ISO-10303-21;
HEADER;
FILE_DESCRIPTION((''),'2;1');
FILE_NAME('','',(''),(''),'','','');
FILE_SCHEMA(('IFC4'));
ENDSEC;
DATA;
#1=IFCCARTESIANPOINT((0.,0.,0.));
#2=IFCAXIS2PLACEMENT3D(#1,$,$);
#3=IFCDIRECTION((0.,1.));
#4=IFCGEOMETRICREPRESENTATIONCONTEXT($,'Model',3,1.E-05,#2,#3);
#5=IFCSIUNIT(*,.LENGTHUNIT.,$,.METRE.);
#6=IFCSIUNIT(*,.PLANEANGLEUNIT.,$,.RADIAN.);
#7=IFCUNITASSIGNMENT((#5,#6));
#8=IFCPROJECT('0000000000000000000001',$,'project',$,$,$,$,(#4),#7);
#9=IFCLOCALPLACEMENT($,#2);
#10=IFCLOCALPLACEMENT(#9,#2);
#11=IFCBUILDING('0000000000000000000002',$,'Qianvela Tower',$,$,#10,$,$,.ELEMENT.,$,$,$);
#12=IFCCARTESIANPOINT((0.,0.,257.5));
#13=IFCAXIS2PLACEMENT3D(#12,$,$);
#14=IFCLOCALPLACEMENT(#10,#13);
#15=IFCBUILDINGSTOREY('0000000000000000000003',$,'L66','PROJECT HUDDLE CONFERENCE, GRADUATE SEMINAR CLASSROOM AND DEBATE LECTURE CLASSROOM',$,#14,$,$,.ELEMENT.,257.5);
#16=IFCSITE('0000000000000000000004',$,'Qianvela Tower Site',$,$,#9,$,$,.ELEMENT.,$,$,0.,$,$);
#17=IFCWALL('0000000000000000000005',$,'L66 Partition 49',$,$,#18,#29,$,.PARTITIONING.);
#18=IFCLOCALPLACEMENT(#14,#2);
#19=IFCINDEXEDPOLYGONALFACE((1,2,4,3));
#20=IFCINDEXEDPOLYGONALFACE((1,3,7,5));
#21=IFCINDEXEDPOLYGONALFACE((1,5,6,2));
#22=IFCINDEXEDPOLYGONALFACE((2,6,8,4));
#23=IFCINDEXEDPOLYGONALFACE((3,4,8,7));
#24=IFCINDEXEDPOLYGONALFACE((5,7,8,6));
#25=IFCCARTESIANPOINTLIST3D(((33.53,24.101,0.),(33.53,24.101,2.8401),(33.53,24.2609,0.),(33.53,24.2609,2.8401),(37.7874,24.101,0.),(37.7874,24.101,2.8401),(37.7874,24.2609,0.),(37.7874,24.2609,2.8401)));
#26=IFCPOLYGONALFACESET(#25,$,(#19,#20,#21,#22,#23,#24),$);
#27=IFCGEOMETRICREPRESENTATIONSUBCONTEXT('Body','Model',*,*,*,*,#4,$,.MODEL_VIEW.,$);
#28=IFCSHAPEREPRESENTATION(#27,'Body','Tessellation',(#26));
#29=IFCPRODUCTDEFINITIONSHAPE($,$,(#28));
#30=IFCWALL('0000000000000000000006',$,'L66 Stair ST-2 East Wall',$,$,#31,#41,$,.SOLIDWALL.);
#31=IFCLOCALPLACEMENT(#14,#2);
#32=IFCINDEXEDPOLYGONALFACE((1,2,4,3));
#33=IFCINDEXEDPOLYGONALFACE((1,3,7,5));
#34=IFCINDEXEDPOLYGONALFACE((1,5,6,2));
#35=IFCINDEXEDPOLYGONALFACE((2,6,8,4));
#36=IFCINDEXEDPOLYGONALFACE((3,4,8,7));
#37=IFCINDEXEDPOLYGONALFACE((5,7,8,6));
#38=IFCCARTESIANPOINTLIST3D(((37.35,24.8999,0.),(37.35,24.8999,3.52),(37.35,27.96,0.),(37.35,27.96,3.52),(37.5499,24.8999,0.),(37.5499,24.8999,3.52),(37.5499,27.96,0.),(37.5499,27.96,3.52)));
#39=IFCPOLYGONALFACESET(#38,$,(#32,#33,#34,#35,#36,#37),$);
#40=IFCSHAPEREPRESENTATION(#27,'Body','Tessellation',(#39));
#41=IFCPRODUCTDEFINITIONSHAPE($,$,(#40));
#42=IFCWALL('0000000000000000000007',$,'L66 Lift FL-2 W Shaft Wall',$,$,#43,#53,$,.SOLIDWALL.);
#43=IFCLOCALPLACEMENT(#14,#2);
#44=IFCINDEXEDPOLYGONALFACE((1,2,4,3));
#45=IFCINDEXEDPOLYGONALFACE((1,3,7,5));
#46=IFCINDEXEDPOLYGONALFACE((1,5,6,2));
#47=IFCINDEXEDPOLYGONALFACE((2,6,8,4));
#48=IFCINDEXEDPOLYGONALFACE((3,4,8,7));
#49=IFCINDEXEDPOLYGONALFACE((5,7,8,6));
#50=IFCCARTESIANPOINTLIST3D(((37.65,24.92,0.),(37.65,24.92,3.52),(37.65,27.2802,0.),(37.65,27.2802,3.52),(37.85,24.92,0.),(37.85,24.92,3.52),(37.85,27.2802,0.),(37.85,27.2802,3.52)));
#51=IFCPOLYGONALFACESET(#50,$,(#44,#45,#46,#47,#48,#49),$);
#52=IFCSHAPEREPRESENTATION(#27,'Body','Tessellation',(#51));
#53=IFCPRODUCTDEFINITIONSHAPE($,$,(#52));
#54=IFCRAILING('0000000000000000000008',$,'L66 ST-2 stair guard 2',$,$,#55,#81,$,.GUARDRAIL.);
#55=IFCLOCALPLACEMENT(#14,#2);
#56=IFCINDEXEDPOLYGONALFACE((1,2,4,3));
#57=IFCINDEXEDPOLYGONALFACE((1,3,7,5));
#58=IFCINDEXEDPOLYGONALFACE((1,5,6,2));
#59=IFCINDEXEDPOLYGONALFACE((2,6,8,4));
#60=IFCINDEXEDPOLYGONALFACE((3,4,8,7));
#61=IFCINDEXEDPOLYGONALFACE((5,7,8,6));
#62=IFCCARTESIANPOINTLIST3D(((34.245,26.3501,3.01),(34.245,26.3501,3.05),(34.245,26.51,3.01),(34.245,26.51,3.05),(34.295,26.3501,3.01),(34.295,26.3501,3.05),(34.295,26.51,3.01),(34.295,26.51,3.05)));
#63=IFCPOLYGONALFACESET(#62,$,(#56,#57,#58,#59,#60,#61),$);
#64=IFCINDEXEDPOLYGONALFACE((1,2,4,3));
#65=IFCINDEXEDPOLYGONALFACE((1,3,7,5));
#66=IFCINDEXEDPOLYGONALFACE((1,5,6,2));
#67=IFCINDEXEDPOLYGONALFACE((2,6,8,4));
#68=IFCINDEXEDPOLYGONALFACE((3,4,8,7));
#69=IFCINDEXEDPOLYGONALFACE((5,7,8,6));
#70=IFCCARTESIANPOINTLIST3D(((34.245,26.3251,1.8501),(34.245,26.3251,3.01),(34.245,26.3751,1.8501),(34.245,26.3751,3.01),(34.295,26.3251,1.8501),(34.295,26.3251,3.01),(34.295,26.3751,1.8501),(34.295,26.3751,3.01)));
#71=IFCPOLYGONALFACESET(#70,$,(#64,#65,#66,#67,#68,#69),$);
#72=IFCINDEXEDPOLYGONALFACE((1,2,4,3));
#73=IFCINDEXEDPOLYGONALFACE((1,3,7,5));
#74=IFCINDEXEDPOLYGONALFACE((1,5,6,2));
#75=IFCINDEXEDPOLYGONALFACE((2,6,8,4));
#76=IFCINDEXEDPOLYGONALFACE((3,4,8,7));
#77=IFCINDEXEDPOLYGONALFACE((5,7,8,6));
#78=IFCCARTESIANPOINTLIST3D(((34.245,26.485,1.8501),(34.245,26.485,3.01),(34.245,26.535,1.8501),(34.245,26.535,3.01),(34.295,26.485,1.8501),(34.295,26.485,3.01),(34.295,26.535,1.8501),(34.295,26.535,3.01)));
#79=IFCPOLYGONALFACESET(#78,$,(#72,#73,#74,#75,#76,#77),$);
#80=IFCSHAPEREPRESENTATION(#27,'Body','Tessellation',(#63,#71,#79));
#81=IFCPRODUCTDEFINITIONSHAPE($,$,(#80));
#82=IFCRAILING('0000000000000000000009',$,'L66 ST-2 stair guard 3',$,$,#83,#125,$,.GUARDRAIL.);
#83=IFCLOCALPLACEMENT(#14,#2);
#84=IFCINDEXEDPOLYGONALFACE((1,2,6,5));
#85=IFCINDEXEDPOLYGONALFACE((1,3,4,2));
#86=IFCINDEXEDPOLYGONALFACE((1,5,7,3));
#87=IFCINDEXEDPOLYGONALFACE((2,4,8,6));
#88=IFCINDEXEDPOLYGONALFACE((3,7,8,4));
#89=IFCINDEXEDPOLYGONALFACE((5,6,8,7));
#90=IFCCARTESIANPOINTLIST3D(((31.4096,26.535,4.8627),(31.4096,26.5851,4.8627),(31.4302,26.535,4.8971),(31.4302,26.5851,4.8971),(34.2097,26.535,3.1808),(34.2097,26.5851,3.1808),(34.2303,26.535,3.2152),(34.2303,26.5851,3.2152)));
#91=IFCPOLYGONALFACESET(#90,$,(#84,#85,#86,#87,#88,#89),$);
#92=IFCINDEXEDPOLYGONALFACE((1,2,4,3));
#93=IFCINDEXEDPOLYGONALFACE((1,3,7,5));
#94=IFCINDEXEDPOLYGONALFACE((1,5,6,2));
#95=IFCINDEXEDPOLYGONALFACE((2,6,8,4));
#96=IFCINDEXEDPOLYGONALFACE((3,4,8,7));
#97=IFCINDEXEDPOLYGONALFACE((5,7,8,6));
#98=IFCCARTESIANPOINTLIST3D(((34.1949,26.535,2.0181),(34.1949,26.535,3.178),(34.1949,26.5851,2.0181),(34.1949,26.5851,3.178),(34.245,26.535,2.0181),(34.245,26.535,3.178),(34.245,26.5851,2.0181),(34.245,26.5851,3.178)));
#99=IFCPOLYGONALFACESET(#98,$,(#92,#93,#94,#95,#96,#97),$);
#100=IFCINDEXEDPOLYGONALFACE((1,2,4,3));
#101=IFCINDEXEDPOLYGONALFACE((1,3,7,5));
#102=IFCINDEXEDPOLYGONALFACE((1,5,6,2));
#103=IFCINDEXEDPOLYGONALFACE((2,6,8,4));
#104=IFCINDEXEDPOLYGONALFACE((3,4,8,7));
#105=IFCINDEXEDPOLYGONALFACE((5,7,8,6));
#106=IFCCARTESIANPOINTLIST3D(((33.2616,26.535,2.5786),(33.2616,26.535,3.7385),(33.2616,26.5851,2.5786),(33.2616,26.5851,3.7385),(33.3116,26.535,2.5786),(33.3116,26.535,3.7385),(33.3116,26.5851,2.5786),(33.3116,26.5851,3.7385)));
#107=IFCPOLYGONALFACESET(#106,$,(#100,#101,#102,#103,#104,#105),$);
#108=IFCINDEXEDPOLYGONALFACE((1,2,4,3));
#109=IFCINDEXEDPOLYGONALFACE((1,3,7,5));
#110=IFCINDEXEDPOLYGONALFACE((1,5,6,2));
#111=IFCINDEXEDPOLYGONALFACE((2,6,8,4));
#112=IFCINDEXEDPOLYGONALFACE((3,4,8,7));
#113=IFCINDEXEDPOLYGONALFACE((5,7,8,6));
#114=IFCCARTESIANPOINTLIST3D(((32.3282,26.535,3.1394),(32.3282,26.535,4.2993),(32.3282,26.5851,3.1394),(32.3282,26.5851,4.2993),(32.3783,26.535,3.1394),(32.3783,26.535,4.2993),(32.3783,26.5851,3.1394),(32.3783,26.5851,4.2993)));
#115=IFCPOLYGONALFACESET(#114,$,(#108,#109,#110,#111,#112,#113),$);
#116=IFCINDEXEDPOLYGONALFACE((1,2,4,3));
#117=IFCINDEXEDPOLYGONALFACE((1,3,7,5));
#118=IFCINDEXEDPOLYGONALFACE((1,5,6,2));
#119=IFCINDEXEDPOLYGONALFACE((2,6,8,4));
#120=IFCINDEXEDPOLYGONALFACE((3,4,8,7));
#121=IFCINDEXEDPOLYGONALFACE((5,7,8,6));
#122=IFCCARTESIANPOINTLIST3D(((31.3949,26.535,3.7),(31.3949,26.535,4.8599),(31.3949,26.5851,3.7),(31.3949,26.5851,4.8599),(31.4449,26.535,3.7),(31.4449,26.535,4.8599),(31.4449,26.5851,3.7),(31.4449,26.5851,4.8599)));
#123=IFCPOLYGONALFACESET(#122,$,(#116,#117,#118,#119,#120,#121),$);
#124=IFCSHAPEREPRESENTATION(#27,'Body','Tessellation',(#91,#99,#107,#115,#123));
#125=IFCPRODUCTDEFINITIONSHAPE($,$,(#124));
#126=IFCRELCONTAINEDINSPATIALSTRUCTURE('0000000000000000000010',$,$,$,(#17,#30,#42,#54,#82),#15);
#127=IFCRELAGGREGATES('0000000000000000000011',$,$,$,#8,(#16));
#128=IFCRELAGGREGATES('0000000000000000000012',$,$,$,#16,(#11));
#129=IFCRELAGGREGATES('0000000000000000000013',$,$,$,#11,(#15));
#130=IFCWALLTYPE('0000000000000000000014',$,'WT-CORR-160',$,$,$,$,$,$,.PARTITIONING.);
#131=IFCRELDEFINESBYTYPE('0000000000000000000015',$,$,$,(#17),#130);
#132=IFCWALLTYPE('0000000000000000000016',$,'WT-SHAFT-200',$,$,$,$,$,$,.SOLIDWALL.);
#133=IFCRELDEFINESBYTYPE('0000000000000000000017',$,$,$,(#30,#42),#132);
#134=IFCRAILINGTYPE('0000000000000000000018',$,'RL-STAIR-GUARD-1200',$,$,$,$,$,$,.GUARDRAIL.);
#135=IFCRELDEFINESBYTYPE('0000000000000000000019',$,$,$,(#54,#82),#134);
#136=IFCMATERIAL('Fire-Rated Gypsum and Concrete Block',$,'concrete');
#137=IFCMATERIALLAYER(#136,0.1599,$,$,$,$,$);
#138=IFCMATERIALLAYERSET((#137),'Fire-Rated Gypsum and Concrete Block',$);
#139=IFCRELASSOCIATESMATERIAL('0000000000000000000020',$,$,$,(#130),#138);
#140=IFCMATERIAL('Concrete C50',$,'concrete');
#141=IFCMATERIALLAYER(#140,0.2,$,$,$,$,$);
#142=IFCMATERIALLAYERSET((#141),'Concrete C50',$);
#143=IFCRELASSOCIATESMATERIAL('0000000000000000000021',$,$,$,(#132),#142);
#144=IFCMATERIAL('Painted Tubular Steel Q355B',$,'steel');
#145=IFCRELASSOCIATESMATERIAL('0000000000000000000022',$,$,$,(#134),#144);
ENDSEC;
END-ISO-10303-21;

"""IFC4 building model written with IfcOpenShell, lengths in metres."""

from ifc_helpers import new_model, si_unit, direction, frame, frame_2d, origin, origin_2d, place, context, subcontext, project, spatial, rectangle, extrude, material, layer, layer_set, type_object, element, save


model = new_model("IFC4")

# Units and contexts
model_context = context("Model", 3, precision=1e-05, world=origin(), true_north=direction((0.0, 1.0)))
body_context = subcontext(model_context, "Body", "Model", "MODEL_VIEW")
ifc_project = project(units=[si_unit("LENGTHUNIT", "METRE"), si_unit("PLANEANGLEUNIT", "RADIAN")], contexts=[model_context])

# Site, building, storey
site_placement = place(None, origin())
site = spatial("IfcSite", under=ifc_project, at=site_placement, Name="Qianvela Tower Site", CompositionType="ELEMENT", RefElevation=0.0)
building_placement = place(site_placement, origin())
building = spatial("IfcBuilding", under=site, at=building_placement, Name="Qianvela Tower", CompositionType="ELEMENT")
storey_placement = place(building_placement, frame((0.0, 0.0, 257.5)))
storey = spatial("IfcBuildingStorey", under=building, at=storey_placement, Name="L66", Description="PROJECT HUDDLE CONFERENCE, GRADUATE SEMINAR CLASSROOM AND DEBATE LECTURE CLASSROOM", CompositionType="ELEMENT", Elevation=257.5)

# Shared definitions
ifc_material_1 = material(Name="Fire-Rated Gypsum and Concrete Block", Category="concrete")
ifc_layer_1 = layer(ifc_material_1, 0.1599)
ifc_layer_set_1 = layer_set([ifc_layer_1], Name="Fire-Rated Gypsum and Concrete Block")
wall_type_1 = type_object("IfcWallType", Name="WT-CORR-160", PredefinedType="PARTITIONING", material=ifc_layer_set_1)

# Walls
wall_1_placement = place(storey_placement, frame((37.7874, 24.1809, 0.0), z_axis=(0.0, 0.0, 1.0), x_axis=(-1.0, 0.0, 0.0)))
element("IfcWall", 1, at=wall_1_placement, inside=storey, type_object=wall_type_1, Name="L66 Partition 49", PredefinedType="PARTITIONING", context=body_context, shape_type="SweptSolid", body=[
    extrude(rectangle(XDim=4.2573, YDim=0.1599, at=frame_2d((2.1287, 0.0))), origin(), (0.0, 0.0, 1.0), 2.8401),
])
ifc_material_2 = material(Name="Concrete C50", Category="concrete")
ifc_layer_2 = layer(ifc_material_2, 0.2)
ifc_layer_set_2 = layer_set([ifc_layer_2], Name="Concrete C50")
wall_type_2 = type_object("IfcWallType", Name="WT-SHAFT-200", PredefinedType="SOLIDWALL", material=ifc_layer_set_2)
wall_2_placement = place(storey_placement, frame((37.45, 24.8999, 0.0), z_axis=(0.0, 0.0, 1.0), x_axis=(0.0, 1.0, 0.0)))
element("IfcWall", 2, at=wall_2_placement, inside=storey, type_object=wall_type_2, Name="L66 Stair ST-2 East Wall", PredefinedType="SOLIDWALL", context=body_context, shape_type="SweptSolid", body=[
    extrude(rectangle(XDim=3.0601, YDim=0.2, at=frame_2d((1.53, 0.0))), origin(), (0.0, 0.0, 1.0), 3.52),
])

# Wall
wall_3_placement = place(storey_placement, frame((37.75, 24.9199, 0.0), z_axis=(0.0, 0.0, 1.0), x_axis=(0.0, 1.0, 0.0)))
element("IfcWall", 3, at=wall_3_placement, inside=storey, type_object=wall_type_2, Name="L66 Lift FL-2 W Shaft Wall", PredefinedType="SOLIDWALL", context=body_context, shape_type="SweptSolid", body=[
    extrude(rectangle(XDim=2.3601, YDim=0.2, at=frame_2d((1.1802, 0.0))), origin(), (0.0, 0.0, 1.0), 3.52),
])

# Railings
ifc_material_3 = material(Name="Painted Tubular Steel Q355B", Category="steel")
railing_type = type_object("IfcRailingType", Name="RL-STAIR-GUARD-1200", PredefinedType="GUARDRAIL", material=ifc_material_3)
railing_1_placement = place(storey_placement, frame((34.27, 26.3501, 1.8501)))
element("IfcRailing", 4, at=railing_1_placement, inside=storey, type_object=railing_type, Name="L66 ST-2 stair guard 2", PredefinedType="GUARDRAIL", context=body_context, shape_type="SweptSolid", body=[
    extrude(rectangle(XDim=0.05, YDim=0.04, at=origin_2d()), frame((0.0, 0.0, 1.1799), z_axis=(0.0, 1.0, 0.0), x_axis=(-1.0, 0.0, 0.0)), (0.0, 0.0, 1.0), 0.1599),
    extrude(rectangle(XDim=0.05, YDim=0.05, at=origin_2d()), origin(), (0.0, 0.0, 1.0), 1.1599),
    extrude(rectangle(XDim=0.05, YDim=0.05, at=origin_2d()), frame((0.0, 0.1599, 0.0)), (0.0, 0.0, 1.0), 1.1599),
])
railing_2_placement = place(storey_placement, frame((34.22, 26.5601, 2.0181)))
element("IfcRailing", 5, at=railing_2_placement, inside=storey, type_object=railing_type, Name="L66 ST-2 stair guard 3", PredefinedType="GUARDRAIL", context=body_context, shape_type="SweptSolid", body=[
    extrude(rectangle(XDim=0.05, YDim=0.04, at=origin_2d()), frame((0.0, 0.0, 1.1799), z_axis=(-0.857242, 0.0, 0.514913), x_axis=(0.0, -1.0, 0.0)), (0.0, 0.0, 1.0), 3.2664),
    extrude(rectangle(XDim=0.05, YDim=0.05, at=origin_2d()), origin(), (0.0, 0.0, 1.0), 1.1599),
    extrude(rectangle(XDim=0.05, YDim=0.05, at=origin_2d()), frame((-0.9333, 0.0, 0.5605)), (0.0, 0.0, 1.0), 1.1599),
    extrude(rectangle(XDim=0.05, YDim=0.05, at=origin_2d()), frame((-1.8667, 0.0, 1.1213)), (0.0, 0.0, 1.0), 1.1599),
    extrude(rectangle(XDim=0.05, YDim=0.05, at=origin_2d()), frame((-2.8, 0.0, 1.6819)), (0.0, 0.0, 1.0), 1.1599),
])

save(model, "model.ifc")
